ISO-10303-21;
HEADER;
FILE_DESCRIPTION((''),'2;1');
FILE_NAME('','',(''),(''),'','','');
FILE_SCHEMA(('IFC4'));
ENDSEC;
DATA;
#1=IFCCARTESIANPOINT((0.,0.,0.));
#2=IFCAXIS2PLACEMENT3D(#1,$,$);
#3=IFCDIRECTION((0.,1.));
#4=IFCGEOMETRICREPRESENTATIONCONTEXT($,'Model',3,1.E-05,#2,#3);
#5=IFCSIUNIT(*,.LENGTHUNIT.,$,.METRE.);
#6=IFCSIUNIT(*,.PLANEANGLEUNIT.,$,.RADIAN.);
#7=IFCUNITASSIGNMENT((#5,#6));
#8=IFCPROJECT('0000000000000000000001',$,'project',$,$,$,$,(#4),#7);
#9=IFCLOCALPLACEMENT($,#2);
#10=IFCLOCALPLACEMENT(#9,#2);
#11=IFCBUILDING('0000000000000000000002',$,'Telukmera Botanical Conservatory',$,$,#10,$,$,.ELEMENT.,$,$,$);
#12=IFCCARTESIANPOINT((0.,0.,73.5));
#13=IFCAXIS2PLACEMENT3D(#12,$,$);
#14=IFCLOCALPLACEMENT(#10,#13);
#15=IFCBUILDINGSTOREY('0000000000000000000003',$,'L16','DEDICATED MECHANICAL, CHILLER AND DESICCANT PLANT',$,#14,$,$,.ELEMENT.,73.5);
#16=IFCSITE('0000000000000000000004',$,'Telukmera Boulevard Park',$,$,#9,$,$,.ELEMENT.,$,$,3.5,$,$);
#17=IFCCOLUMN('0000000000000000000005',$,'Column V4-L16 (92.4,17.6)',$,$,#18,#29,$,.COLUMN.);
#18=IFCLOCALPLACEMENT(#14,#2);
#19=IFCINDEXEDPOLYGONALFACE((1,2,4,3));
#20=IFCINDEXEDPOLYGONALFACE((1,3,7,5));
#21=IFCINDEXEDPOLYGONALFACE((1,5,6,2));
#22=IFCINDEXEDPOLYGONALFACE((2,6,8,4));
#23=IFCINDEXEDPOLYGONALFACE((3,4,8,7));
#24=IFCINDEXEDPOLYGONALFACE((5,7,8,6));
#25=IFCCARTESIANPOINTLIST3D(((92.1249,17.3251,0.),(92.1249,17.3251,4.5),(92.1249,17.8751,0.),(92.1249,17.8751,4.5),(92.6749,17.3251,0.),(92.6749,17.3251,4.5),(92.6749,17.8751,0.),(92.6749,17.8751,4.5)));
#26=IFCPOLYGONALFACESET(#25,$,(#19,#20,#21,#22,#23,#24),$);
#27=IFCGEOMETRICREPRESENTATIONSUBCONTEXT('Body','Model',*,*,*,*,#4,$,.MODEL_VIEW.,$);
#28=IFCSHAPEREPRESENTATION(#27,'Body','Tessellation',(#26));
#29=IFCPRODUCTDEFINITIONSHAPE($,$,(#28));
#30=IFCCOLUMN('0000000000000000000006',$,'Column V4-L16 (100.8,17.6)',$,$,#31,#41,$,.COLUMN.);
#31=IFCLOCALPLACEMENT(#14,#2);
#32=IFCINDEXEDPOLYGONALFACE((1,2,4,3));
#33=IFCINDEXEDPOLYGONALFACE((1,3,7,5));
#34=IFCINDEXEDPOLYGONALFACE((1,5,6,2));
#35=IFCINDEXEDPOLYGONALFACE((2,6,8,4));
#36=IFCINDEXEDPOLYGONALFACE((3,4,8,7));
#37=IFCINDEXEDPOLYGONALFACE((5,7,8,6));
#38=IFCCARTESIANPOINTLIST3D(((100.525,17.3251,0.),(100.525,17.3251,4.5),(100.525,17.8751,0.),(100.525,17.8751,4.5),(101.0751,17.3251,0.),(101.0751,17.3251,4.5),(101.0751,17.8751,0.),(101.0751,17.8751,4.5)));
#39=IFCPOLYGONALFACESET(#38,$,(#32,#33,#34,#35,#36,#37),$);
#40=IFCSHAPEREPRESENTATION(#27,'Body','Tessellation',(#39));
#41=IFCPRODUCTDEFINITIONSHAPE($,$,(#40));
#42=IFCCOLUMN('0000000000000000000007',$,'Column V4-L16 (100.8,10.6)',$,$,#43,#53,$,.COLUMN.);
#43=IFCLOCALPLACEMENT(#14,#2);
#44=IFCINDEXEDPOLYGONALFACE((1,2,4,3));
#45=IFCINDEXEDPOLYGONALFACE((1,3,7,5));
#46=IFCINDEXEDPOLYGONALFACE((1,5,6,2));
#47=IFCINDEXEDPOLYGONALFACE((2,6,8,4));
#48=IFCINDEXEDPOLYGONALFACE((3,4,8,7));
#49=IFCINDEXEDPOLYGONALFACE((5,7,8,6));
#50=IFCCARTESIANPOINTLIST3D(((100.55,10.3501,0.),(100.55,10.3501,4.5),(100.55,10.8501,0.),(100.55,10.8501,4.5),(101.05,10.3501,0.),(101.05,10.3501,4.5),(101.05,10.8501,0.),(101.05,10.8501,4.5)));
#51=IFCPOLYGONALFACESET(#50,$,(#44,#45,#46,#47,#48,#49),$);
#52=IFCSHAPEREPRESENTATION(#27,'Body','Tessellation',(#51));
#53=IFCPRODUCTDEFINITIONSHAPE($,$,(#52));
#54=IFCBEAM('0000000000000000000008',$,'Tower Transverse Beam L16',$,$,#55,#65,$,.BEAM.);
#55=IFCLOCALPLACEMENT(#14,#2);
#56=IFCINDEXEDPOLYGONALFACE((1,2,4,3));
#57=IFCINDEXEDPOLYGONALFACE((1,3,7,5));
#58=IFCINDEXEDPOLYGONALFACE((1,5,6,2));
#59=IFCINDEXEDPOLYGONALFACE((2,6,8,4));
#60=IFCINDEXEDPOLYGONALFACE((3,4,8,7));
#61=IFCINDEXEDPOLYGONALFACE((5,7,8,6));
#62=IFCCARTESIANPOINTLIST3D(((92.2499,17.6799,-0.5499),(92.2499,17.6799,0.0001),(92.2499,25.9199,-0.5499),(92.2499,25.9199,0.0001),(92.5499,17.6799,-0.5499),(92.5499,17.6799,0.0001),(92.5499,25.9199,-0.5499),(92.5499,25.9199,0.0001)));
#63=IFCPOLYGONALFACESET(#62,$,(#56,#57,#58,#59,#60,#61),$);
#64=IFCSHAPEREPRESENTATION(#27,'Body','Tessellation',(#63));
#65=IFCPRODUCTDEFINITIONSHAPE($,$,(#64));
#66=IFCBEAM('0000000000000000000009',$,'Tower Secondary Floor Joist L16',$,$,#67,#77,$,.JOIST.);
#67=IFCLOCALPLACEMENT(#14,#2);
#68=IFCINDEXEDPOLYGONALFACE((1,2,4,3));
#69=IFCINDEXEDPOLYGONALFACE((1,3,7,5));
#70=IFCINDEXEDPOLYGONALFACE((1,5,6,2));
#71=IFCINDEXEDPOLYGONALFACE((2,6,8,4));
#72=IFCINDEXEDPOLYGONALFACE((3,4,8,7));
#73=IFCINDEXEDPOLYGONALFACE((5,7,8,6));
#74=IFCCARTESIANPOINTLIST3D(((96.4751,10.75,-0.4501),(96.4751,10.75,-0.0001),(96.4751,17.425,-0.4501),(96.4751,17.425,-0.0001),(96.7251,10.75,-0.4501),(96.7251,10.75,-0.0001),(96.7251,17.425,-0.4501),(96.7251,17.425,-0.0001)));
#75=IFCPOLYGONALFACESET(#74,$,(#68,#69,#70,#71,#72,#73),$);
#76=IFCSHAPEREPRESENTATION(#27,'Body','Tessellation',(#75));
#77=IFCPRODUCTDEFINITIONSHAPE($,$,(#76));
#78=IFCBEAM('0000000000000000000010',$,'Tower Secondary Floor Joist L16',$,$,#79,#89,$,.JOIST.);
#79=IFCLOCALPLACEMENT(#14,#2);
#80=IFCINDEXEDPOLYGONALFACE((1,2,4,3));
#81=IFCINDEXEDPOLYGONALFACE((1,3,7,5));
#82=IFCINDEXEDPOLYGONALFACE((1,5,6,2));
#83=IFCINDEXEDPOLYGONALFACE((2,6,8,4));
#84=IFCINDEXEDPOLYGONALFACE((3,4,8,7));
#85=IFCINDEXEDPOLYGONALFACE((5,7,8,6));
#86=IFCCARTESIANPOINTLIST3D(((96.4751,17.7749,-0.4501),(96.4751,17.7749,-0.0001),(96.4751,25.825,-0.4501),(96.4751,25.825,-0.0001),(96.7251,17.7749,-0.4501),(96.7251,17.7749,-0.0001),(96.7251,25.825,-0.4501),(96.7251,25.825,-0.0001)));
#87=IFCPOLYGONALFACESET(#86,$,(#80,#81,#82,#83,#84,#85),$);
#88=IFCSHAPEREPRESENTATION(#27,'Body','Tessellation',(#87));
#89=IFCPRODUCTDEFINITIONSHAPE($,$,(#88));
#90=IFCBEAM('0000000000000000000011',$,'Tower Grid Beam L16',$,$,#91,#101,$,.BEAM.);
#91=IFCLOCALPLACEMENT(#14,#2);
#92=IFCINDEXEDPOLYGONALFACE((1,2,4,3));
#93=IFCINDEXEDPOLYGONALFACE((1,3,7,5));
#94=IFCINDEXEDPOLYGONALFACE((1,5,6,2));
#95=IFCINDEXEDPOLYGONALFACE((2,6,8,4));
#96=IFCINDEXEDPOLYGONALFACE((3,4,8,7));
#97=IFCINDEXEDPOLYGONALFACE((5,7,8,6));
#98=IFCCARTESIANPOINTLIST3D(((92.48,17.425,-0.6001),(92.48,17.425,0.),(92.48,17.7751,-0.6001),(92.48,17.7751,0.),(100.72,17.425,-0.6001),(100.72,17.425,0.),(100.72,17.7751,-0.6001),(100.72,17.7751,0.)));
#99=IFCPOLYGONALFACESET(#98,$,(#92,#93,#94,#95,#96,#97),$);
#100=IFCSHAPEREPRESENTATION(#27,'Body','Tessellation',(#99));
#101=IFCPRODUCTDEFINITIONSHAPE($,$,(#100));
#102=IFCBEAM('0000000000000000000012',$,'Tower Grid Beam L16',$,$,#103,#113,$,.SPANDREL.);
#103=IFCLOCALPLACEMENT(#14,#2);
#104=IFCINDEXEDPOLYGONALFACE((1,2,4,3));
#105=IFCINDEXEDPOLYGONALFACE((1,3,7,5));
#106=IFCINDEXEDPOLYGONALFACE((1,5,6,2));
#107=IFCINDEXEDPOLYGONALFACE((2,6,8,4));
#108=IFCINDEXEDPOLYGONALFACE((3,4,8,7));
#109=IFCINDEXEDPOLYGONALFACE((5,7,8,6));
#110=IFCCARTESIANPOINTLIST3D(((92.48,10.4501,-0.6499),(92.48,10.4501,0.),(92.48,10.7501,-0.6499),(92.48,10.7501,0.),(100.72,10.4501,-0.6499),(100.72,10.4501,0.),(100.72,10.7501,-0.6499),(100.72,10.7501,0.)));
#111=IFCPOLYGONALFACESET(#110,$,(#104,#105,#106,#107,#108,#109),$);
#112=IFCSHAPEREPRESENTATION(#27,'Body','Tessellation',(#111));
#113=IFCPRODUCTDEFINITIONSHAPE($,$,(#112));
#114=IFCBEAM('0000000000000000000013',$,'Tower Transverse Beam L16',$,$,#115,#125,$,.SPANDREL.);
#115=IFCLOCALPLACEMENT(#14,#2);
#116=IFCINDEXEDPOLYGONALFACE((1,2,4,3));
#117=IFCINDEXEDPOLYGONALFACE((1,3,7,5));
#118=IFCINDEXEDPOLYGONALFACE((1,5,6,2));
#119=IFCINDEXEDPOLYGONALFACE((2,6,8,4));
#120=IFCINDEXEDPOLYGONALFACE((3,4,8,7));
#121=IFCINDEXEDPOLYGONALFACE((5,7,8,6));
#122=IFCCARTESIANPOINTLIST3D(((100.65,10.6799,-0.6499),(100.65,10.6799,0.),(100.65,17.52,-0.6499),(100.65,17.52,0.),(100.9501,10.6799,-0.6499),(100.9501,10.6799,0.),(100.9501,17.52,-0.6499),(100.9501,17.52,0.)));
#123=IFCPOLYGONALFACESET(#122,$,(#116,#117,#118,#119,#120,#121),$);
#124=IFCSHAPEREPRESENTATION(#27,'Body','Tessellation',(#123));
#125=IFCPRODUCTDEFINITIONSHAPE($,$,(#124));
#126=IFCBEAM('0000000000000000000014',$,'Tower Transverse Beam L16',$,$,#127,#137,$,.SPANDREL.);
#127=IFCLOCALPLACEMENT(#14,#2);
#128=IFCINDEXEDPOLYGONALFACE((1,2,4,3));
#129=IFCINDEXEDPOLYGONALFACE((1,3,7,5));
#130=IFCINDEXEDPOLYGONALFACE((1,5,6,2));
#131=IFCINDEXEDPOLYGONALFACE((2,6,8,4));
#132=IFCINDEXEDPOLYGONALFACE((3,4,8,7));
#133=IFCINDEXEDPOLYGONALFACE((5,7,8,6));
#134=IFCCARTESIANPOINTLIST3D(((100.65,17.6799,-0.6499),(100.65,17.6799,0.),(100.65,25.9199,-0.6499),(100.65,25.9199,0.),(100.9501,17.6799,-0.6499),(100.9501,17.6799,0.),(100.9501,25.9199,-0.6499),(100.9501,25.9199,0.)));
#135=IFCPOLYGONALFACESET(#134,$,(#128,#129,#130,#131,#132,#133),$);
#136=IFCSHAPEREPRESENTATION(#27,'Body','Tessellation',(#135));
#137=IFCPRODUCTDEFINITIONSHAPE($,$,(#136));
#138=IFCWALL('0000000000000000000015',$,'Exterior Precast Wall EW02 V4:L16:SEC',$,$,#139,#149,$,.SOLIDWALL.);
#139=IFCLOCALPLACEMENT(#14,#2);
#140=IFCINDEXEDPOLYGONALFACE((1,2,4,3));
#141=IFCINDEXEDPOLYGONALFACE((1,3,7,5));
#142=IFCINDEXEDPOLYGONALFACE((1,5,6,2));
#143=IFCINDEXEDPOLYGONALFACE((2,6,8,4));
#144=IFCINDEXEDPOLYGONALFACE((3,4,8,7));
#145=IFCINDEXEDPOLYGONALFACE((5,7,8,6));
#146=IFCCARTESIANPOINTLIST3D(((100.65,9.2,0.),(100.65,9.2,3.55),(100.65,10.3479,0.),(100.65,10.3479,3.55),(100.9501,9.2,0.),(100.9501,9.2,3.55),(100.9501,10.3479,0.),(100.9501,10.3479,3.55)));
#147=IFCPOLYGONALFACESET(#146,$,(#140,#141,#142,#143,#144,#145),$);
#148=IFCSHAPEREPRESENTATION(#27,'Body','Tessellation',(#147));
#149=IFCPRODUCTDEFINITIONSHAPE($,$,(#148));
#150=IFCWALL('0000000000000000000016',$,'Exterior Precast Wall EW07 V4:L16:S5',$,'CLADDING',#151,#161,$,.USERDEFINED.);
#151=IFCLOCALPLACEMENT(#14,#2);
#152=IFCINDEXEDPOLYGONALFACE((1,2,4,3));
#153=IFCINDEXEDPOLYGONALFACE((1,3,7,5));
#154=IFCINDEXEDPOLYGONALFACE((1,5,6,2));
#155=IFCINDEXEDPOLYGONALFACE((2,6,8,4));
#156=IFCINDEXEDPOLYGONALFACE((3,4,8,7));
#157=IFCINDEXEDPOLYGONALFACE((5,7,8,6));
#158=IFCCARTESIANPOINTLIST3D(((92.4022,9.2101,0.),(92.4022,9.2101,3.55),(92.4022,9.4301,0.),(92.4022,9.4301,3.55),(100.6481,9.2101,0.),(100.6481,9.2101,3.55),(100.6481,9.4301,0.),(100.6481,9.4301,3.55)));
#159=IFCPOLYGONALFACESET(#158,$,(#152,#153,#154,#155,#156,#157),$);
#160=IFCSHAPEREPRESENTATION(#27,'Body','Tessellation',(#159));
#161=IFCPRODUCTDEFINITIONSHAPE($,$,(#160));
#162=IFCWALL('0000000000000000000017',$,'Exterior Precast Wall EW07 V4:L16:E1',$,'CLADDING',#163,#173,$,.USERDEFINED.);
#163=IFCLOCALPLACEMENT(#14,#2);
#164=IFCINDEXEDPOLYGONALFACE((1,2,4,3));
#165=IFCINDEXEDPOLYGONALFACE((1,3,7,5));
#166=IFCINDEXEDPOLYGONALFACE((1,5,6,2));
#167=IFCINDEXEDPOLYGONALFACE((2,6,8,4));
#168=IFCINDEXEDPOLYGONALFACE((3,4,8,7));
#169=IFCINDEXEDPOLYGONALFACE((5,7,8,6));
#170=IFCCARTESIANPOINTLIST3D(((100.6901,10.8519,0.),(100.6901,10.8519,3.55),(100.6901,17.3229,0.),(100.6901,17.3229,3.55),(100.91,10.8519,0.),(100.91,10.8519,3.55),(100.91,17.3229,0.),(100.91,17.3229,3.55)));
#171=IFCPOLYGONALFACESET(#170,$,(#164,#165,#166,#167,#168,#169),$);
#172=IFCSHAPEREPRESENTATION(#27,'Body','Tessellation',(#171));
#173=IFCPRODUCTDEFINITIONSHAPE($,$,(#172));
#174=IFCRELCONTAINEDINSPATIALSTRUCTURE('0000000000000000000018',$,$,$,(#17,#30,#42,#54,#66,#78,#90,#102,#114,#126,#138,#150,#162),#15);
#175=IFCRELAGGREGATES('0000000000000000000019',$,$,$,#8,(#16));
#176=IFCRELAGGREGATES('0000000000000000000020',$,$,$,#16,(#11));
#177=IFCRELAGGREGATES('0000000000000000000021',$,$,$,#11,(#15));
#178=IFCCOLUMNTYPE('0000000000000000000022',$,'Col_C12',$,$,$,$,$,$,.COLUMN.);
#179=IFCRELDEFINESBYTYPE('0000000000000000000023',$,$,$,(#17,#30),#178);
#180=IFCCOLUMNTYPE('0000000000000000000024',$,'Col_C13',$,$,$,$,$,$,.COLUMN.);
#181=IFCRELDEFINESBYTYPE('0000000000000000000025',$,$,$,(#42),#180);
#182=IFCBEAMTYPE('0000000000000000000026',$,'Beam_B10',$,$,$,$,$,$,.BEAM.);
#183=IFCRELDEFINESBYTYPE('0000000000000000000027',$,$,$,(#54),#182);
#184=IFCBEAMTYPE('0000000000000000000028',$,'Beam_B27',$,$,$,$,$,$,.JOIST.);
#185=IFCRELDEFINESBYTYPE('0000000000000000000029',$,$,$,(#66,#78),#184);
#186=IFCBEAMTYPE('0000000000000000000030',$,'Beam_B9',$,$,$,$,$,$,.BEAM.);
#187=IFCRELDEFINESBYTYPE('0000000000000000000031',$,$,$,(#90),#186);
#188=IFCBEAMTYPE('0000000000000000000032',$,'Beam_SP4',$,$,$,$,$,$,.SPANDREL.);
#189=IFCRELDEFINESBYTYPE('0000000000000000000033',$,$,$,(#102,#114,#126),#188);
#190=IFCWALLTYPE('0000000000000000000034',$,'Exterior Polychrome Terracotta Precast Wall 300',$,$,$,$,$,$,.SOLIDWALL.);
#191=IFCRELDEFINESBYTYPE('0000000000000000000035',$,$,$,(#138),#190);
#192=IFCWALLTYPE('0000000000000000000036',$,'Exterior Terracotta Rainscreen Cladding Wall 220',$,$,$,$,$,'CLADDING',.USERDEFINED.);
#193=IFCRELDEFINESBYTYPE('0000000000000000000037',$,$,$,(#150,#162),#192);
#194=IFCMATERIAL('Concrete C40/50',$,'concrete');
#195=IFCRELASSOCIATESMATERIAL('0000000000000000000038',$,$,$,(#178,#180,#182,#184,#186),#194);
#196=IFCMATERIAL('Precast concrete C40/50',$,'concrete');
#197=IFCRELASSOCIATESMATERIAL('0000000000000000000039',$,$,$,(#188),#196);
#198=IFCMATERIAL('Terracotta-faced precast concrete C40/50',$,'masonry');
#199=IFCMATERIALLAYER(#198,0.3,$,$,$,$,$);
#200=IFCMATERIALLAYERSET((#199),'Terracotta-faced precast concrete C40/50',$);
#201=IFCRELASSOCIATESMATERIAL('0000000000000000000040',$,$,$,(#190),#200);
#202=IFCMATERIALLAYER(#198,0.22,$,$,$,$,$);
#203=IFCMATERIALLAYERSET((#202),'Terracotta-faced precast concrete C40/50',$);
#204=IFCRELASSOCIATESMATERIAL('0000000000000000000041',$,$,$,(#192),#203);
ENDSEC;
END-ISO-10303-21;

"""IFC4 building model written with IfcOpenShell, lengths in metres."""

from ifc_helpers import new_model, si_unit, direction, frame, frame_2d, origin, origin_2d, place, context, subcontext, project, spatial, rectangle, extrude, material, layer, layer_set, material_profile, profile_set, type_object, element, save


model = new_model("IFC4")

# Units and contexts
model_context = context("Model", 3, precision=1e-05, world=origin(), true_north=direction((0.0, 1.0)))
body_context = subcontext(model_context, "Body", "Model", "MODEL_VIEW")
ifc_project = project(units=[si_unit("LENGTHUNIT", "METRE"), si_unit("PLANEANGLEUNIT", "RADIAN")], contexts=[model_context])

# Site, building, storey
site_placement = place(None, origin())
site = spatial("IfcSite", under=ifc_project, at=site_placement, Name="Telukmera Boulevard Park", CompositionType="ELEMENT", RefElevation=3.5)
building_placement = place(site_placement, origin())
building = spatial("IfcBuilding", under=site, at=building_placement, Name="Telukmera Botanical Conservatory", CompositionType="ELEMENT")
storey_placement = place(building_placement, frame((0.0, 0.0, 73.5)))
storey = spatial("IfcBuildingStorey", under=building, at=storey_placement, Name="L16", Description="DEDICATED MECHANICAL, CHILLER AND DESICCANT PLANT", CompositionType="ELEMENT", Elevation=73.5)

# Columns
ifc_material_1 = material(Name="Concrete C40/50", Category="concrete")
ifc_material_profile_1 = material_profile(ifc_material_1, rectangle(XDim=0.55, YDim=0.55, at=origin_2d()), Name="RC 550x550")
ifc_profile_set_1 = profile_set([ifc_material_profile_1], Name="Concrete C40/50")
column_type_1 = type_object("IfcColumnType", Name="Col_C12", PredefinedType="COLUMN", material=ifc_profile_set_1)
for number, where, z_axis, x_axis, name in (
    (1, (92.3999, 17.6001, 0.0), (0.0, 0.0, 1.0), (1.0, 0.0, 0.0), "Column V4-L16 (92.4,17.6)"),
    (2, (100.8, 17.6001, 0.0), (0.0, 0.0, 1.0), (1.0, 0.0, 0.0), "Column V4-L16 (100.8,17.6)"),
):
    element("IfcColumn", number, at=place(storey_placement, frame(where, z_axis=z_axis, x_axis=x_axis)), inside=storey, type_object=column_type_1, Name=name, PredefinedType="COLUMN", context=body_context, shape_type="SweptSolid", body=[
        extrude(rectangle(XDim=0.55, YDim=0.55, at=origin_2d()), origin(), (0.0, 0.0, 1.0), 4.5),
    ])
ifc_material_profile_2 = material_profile(ifc_material_1, rectangle(XDim=0.5, YDim=0.5, at=origin_2d()), Name="RC 500x500")
ifc_profile_set_2 = profile_set([ifc_material_profile_2], Name="Concrete C40/50")
column_type_2 = type_object("IfcColumnType", Name="Col_C13", PredefinedType="COLUMN", material=ifc_profile_set_2)
column_placement = place(storey_placement, frame((100.8, 10.6001, 0.0), z_axis=(0.0, 0.0, 1.0), x_axis=(1.0, 0.0, 0.0)))
element("IfcColumn", 3, at=column_placement, inside=storey, type_object=column_type_2, Name="Column V4-L16 (100.8,10.6)", PredefinedType="COLUMN", context=body_context, shape_type="SweptSolid", body=[
    extrude(rectangle(XDim=0.5, YDim=0.5, at=origin_2d()), origin(), (0.0, 0.0, 1.0), 4.5),
])

# Beams
ifc_material_profile_3 = material_profile(ifc_material_1, rectangle(XDim=0.3, YDim=0.55, at=origin_2d()), Name="RC 300x550")
ifc_profile_set_3 = profile_set([ifc_material_profile_3], Name="Concrete C40/50")
beam_type_1 = type_object("IfcBeamType", Name="Beam_B10", PredefinedType="BEAM", material=ifc_profile_set_3)
beam_1_placement = place(storey_placement, frame((92.3999, 17.6799, -0.2749), z_axis=(0.0, 1.0, 0.0), x_axis=(-1.0, 0.0, 0.0)))
element("IfcBeam", 4, at=beam_1_placement, inside=storey, type_object=beam_type_1, Name="Tower Transverse Beam L16", PredefinedType="BEAM", context=body_context, shape_type="SweptSolid", body=[
    extrude(rectangle(XDim=0.3, YDim=0.55, at=origin_2d()), origin(), (0.0, 0.0, 1.0), 8.24),
])
ifc_material_profile_4 = material_profile(ifc_material_1, rectangle(XDim=0.25, YDim=0.45, at=origin_2d()), Name="RC 250x450")
ifc_profile_set_4 = profile_set([ifc_material_profile_4], Name="Concrete C40/50")
beam_type_2 = type_object("IfcBeamType", Name="Beam_B27", PredefinedType="JOIST", material=ifc_profile_set_4)
beam_2_placement = place(storey_placement, frame((96.6001, 10.75, -0.2251), z_axis=(0.0, 1.0, 0.0), x_axis=(-1.0, 0.0, 0.0)))
element("IfcBeam", 5, at=beam_2_placement, inside=storey, type_object=beam_type_2, Name="Tower Secondary Floor Joist L16", PredefinedType="JOIST", context=body_context, shape_type="SweptSolid", body=[
    extrude(rectangle(XDim=0.25, YDim=0.45, at=origin_2d()), origin(), (0.0, 0.0, 1.0), 6.675),
])
beam_3_placement = place(storey_placement, frame((96.6001, 17.7749, -0.2251), z_axis=(0.0, 1.0, 0.0), x_axis=(-1.0, 0.0, 0.0)))
element("IfcBeam", 6, at=beam_3_placement, inside=storey, type_object=beam_type_2, Name="Tower Secondary Floor Joist L16", PredefinedType="JOIST", context=body_context, shape_type="SweptSolid", body=[
    extrude(rectangle(XDim=0.25, YDim=0.45, at=origin_2d()), origin(), (0.0, 0.0, 1.0), 8.05),
])
ifc_material_profile_5 = material_profile(ifc_material_1, rectangle(XDim=0.3501, YDim=0.6001, at=origin_2d()), Name="RC 350x600")
ifc_profile_set_5 = profile_set([ifc_material_profile_5], Name="Concrete C40/50")
beam_type_3 = type_object("IfcBeamType", Name="Beam_B9", PredefinedType="BEAM", material=ifc_profile_set_5)
beam_4_placement = place(storey_placement, frame((92.48, 17.6001, -0.3), z_axis=(1.0, 0.0, 0.0), x_axis=(0.0, 1.0, 0.0)))
element("IfcBeam", 7, at=beam_4_placement, inside=storey, type_object=beam_type_3, Name="Tower Grid Beam L16", PredefinedType="BEAM", context=body_context, shape_type="SweptSolid", body=[
    extrude(rectangle(XDim=0.3501, YDim=0.6001, at=origin_2d()), origin(), (0.0, 0.0, 1.0), 8.24),
])
ifc_material_2 = material(Name="Precast concrete C40/50", Category="concrete")
ifc_material_profile_6 = material_profile(ifc_material_2, rectangle(XDim=0.3, YDim=0.6499, at=origin_2d()), Name="PC 300x650")
ifc_profile_set_6 = profile_set([ifc_material_profile_6], Name="Precast concrete C40/50")
beam_type_4 = type_object("IfcBeamType", Name="Beam_SP4", PredefinedType="SPANDREL", material=ifc_profile_set_6)
beam_5_placement = place(storey_placement, frame((92.48, 10.6001, -0.325), z_axis=(1.0, 0.0, 0.0), x_axis=(0.0, 1.0, 0.0)))
element("IfcBeam", 8, at=beam_5_placement, inside=storey, type_object=beam_type_4, Name="Tower Grid Beam L16", PredefinedType="SPANDREL", context=body_context, shape_type="SweptSolid", body=[
    extrude(rectangle(XDim=0.3, YDim=0.6499, at=origin_2d()), origin(), (0.0, 0.0, 1.0), 8.24),
])
beam_6_placement = place(storey_placement, frame((100.8, 10.6799, -0.325), z_axis=(0.0, 1.0, 0.0), x_axis=(-1.0, 0.0, 0.0)))
element("IfcBeam", 9, at=beam_6_placement, inside=storey, type_object=beam_type_4, Name="Tower Transverse Beam L16", PredefinedType="SPANDREL", context=body_context, shape_type="SweptSolid", body=[
    extrude(rectangle(XDim=0.3, YDim=0.6499, at=origin_2d()), origin(), (0.0, 0.0, 1.0), 6.8401),
])
beam_7_placement = place(storey_placement, frame((100.8, 17.6799, -0.325), z_axis=(0.0, 1.0, 0.0), x_axis=(-1.0, 0.0, 0.0)))
element("IfcBeam", 10, at=beam_7_placement, inside=storey, type_object=beam_type_4, Name="Tower Transverse Beam L16", PredefinedType="SPANDREL", context=body_context, shape_type="SweptSolid", body=[
    extrude(rectangle(XDim=0.3, YDim=0.6499, at=origin_2d()), origin(), (0.0, 0.0, 1.0), 8.24),
])

# Walls
ifc_material_3 = material(Name="Terracotta-faced precast concrete C40/50", Category="masonry")
ifc_layer_1 = layer(ifc_material_3, 0.3)
ifc_layer_set_1 = layer_set([ifc_layer_1], Name="Terracotta-faced precast concrete C40/50")
wall_type_1 = type_object("IfcWallType", Name="Exterior Polychrome Terracotta Precast Wall 300", PredefinedType="SOLIDWALL", material=ifc_layer_set_1)
wall_1_placement = place(storey_placement, frame((100.8, 9.2, 0.0), z_axis=(0.0, 0.0, 1.0), x_axis=(0.0, 1.0, 0.0)))
element("IfcWall", 11, at=wall_1_placement, inside=storey, type_object=wall_type_1, Name="Exterior Precast Wall EW02 V4:L16:SEC", PredefinedType="SOLIDWALL", context=body_context, shape_type="SweptSolid", body=[
    extrude(rectangle(XDim=1.1479, YDim=0.3, at=frame_2d((0.574, 0.0))), origin(), (0.0, 0.0, 1.0), 3.55),
])
ifc_layer_2 = layer(ifc_material_3, 0.22)
ifc_layer_set_2 = layer_set([ifc_layer_2], Name="Terracotta-faced precast concrete C40/50")
wall_type_2 = type_object("IfcWallType", Name="Exterior Terracotta Rainscreen Cladding Wall 220", ElementType="CLADDING", PredefinedType="USERDEFINED", material=ifc_layer_set_2)
wall_2_placement = place(storey_placement, frame((92.4021, 9.3201, 0.0), z_axis=(0.0, 0.0, 1.0), x_axis=(1.0, 0.0, 0.0)))
element("IfcWall", 12, at=wall_2_placement, inside=storey, type_object=wall_type_2, Name="Exterior Precast Wall EW07 V4:L16:S5", ObjectType="CLADDING", PredefinedType="USERDEFINED", context=body_context, shape_type="SweptSolid", body=[
    extrude(rectangle(XDim=8.2458, YDim=0.22, at=frame_2d((4.123, 0.0))), origin(), (0.0, 0.0, 1.0), 3.55),
])
wall_3_placement = place(storey_placement, frame((100.8, 10.8521, 0.0), z_axis=(0.0, 0.0, 1.0), x_axis=(0.0, 1.0, 0.0)))
element("IfcWall", 13, at=wall_3_placement, inside=storey, type_object=wall_type_2, Name="Exterior Precast Wall EW07 V4:L16:E1", ObjectType="CLADDING", PredefinedType="USERDEFINED", context=body_context, shape_type="SweptSolid", body=[
    extrude(rectangle(XDim=6.4709, YDim=0.22, at=frame_2d((3.2354, 0.0))), origin(), (0.0, 0.0, 1.0), 3.55),
])

save(model, "model.ifc")
